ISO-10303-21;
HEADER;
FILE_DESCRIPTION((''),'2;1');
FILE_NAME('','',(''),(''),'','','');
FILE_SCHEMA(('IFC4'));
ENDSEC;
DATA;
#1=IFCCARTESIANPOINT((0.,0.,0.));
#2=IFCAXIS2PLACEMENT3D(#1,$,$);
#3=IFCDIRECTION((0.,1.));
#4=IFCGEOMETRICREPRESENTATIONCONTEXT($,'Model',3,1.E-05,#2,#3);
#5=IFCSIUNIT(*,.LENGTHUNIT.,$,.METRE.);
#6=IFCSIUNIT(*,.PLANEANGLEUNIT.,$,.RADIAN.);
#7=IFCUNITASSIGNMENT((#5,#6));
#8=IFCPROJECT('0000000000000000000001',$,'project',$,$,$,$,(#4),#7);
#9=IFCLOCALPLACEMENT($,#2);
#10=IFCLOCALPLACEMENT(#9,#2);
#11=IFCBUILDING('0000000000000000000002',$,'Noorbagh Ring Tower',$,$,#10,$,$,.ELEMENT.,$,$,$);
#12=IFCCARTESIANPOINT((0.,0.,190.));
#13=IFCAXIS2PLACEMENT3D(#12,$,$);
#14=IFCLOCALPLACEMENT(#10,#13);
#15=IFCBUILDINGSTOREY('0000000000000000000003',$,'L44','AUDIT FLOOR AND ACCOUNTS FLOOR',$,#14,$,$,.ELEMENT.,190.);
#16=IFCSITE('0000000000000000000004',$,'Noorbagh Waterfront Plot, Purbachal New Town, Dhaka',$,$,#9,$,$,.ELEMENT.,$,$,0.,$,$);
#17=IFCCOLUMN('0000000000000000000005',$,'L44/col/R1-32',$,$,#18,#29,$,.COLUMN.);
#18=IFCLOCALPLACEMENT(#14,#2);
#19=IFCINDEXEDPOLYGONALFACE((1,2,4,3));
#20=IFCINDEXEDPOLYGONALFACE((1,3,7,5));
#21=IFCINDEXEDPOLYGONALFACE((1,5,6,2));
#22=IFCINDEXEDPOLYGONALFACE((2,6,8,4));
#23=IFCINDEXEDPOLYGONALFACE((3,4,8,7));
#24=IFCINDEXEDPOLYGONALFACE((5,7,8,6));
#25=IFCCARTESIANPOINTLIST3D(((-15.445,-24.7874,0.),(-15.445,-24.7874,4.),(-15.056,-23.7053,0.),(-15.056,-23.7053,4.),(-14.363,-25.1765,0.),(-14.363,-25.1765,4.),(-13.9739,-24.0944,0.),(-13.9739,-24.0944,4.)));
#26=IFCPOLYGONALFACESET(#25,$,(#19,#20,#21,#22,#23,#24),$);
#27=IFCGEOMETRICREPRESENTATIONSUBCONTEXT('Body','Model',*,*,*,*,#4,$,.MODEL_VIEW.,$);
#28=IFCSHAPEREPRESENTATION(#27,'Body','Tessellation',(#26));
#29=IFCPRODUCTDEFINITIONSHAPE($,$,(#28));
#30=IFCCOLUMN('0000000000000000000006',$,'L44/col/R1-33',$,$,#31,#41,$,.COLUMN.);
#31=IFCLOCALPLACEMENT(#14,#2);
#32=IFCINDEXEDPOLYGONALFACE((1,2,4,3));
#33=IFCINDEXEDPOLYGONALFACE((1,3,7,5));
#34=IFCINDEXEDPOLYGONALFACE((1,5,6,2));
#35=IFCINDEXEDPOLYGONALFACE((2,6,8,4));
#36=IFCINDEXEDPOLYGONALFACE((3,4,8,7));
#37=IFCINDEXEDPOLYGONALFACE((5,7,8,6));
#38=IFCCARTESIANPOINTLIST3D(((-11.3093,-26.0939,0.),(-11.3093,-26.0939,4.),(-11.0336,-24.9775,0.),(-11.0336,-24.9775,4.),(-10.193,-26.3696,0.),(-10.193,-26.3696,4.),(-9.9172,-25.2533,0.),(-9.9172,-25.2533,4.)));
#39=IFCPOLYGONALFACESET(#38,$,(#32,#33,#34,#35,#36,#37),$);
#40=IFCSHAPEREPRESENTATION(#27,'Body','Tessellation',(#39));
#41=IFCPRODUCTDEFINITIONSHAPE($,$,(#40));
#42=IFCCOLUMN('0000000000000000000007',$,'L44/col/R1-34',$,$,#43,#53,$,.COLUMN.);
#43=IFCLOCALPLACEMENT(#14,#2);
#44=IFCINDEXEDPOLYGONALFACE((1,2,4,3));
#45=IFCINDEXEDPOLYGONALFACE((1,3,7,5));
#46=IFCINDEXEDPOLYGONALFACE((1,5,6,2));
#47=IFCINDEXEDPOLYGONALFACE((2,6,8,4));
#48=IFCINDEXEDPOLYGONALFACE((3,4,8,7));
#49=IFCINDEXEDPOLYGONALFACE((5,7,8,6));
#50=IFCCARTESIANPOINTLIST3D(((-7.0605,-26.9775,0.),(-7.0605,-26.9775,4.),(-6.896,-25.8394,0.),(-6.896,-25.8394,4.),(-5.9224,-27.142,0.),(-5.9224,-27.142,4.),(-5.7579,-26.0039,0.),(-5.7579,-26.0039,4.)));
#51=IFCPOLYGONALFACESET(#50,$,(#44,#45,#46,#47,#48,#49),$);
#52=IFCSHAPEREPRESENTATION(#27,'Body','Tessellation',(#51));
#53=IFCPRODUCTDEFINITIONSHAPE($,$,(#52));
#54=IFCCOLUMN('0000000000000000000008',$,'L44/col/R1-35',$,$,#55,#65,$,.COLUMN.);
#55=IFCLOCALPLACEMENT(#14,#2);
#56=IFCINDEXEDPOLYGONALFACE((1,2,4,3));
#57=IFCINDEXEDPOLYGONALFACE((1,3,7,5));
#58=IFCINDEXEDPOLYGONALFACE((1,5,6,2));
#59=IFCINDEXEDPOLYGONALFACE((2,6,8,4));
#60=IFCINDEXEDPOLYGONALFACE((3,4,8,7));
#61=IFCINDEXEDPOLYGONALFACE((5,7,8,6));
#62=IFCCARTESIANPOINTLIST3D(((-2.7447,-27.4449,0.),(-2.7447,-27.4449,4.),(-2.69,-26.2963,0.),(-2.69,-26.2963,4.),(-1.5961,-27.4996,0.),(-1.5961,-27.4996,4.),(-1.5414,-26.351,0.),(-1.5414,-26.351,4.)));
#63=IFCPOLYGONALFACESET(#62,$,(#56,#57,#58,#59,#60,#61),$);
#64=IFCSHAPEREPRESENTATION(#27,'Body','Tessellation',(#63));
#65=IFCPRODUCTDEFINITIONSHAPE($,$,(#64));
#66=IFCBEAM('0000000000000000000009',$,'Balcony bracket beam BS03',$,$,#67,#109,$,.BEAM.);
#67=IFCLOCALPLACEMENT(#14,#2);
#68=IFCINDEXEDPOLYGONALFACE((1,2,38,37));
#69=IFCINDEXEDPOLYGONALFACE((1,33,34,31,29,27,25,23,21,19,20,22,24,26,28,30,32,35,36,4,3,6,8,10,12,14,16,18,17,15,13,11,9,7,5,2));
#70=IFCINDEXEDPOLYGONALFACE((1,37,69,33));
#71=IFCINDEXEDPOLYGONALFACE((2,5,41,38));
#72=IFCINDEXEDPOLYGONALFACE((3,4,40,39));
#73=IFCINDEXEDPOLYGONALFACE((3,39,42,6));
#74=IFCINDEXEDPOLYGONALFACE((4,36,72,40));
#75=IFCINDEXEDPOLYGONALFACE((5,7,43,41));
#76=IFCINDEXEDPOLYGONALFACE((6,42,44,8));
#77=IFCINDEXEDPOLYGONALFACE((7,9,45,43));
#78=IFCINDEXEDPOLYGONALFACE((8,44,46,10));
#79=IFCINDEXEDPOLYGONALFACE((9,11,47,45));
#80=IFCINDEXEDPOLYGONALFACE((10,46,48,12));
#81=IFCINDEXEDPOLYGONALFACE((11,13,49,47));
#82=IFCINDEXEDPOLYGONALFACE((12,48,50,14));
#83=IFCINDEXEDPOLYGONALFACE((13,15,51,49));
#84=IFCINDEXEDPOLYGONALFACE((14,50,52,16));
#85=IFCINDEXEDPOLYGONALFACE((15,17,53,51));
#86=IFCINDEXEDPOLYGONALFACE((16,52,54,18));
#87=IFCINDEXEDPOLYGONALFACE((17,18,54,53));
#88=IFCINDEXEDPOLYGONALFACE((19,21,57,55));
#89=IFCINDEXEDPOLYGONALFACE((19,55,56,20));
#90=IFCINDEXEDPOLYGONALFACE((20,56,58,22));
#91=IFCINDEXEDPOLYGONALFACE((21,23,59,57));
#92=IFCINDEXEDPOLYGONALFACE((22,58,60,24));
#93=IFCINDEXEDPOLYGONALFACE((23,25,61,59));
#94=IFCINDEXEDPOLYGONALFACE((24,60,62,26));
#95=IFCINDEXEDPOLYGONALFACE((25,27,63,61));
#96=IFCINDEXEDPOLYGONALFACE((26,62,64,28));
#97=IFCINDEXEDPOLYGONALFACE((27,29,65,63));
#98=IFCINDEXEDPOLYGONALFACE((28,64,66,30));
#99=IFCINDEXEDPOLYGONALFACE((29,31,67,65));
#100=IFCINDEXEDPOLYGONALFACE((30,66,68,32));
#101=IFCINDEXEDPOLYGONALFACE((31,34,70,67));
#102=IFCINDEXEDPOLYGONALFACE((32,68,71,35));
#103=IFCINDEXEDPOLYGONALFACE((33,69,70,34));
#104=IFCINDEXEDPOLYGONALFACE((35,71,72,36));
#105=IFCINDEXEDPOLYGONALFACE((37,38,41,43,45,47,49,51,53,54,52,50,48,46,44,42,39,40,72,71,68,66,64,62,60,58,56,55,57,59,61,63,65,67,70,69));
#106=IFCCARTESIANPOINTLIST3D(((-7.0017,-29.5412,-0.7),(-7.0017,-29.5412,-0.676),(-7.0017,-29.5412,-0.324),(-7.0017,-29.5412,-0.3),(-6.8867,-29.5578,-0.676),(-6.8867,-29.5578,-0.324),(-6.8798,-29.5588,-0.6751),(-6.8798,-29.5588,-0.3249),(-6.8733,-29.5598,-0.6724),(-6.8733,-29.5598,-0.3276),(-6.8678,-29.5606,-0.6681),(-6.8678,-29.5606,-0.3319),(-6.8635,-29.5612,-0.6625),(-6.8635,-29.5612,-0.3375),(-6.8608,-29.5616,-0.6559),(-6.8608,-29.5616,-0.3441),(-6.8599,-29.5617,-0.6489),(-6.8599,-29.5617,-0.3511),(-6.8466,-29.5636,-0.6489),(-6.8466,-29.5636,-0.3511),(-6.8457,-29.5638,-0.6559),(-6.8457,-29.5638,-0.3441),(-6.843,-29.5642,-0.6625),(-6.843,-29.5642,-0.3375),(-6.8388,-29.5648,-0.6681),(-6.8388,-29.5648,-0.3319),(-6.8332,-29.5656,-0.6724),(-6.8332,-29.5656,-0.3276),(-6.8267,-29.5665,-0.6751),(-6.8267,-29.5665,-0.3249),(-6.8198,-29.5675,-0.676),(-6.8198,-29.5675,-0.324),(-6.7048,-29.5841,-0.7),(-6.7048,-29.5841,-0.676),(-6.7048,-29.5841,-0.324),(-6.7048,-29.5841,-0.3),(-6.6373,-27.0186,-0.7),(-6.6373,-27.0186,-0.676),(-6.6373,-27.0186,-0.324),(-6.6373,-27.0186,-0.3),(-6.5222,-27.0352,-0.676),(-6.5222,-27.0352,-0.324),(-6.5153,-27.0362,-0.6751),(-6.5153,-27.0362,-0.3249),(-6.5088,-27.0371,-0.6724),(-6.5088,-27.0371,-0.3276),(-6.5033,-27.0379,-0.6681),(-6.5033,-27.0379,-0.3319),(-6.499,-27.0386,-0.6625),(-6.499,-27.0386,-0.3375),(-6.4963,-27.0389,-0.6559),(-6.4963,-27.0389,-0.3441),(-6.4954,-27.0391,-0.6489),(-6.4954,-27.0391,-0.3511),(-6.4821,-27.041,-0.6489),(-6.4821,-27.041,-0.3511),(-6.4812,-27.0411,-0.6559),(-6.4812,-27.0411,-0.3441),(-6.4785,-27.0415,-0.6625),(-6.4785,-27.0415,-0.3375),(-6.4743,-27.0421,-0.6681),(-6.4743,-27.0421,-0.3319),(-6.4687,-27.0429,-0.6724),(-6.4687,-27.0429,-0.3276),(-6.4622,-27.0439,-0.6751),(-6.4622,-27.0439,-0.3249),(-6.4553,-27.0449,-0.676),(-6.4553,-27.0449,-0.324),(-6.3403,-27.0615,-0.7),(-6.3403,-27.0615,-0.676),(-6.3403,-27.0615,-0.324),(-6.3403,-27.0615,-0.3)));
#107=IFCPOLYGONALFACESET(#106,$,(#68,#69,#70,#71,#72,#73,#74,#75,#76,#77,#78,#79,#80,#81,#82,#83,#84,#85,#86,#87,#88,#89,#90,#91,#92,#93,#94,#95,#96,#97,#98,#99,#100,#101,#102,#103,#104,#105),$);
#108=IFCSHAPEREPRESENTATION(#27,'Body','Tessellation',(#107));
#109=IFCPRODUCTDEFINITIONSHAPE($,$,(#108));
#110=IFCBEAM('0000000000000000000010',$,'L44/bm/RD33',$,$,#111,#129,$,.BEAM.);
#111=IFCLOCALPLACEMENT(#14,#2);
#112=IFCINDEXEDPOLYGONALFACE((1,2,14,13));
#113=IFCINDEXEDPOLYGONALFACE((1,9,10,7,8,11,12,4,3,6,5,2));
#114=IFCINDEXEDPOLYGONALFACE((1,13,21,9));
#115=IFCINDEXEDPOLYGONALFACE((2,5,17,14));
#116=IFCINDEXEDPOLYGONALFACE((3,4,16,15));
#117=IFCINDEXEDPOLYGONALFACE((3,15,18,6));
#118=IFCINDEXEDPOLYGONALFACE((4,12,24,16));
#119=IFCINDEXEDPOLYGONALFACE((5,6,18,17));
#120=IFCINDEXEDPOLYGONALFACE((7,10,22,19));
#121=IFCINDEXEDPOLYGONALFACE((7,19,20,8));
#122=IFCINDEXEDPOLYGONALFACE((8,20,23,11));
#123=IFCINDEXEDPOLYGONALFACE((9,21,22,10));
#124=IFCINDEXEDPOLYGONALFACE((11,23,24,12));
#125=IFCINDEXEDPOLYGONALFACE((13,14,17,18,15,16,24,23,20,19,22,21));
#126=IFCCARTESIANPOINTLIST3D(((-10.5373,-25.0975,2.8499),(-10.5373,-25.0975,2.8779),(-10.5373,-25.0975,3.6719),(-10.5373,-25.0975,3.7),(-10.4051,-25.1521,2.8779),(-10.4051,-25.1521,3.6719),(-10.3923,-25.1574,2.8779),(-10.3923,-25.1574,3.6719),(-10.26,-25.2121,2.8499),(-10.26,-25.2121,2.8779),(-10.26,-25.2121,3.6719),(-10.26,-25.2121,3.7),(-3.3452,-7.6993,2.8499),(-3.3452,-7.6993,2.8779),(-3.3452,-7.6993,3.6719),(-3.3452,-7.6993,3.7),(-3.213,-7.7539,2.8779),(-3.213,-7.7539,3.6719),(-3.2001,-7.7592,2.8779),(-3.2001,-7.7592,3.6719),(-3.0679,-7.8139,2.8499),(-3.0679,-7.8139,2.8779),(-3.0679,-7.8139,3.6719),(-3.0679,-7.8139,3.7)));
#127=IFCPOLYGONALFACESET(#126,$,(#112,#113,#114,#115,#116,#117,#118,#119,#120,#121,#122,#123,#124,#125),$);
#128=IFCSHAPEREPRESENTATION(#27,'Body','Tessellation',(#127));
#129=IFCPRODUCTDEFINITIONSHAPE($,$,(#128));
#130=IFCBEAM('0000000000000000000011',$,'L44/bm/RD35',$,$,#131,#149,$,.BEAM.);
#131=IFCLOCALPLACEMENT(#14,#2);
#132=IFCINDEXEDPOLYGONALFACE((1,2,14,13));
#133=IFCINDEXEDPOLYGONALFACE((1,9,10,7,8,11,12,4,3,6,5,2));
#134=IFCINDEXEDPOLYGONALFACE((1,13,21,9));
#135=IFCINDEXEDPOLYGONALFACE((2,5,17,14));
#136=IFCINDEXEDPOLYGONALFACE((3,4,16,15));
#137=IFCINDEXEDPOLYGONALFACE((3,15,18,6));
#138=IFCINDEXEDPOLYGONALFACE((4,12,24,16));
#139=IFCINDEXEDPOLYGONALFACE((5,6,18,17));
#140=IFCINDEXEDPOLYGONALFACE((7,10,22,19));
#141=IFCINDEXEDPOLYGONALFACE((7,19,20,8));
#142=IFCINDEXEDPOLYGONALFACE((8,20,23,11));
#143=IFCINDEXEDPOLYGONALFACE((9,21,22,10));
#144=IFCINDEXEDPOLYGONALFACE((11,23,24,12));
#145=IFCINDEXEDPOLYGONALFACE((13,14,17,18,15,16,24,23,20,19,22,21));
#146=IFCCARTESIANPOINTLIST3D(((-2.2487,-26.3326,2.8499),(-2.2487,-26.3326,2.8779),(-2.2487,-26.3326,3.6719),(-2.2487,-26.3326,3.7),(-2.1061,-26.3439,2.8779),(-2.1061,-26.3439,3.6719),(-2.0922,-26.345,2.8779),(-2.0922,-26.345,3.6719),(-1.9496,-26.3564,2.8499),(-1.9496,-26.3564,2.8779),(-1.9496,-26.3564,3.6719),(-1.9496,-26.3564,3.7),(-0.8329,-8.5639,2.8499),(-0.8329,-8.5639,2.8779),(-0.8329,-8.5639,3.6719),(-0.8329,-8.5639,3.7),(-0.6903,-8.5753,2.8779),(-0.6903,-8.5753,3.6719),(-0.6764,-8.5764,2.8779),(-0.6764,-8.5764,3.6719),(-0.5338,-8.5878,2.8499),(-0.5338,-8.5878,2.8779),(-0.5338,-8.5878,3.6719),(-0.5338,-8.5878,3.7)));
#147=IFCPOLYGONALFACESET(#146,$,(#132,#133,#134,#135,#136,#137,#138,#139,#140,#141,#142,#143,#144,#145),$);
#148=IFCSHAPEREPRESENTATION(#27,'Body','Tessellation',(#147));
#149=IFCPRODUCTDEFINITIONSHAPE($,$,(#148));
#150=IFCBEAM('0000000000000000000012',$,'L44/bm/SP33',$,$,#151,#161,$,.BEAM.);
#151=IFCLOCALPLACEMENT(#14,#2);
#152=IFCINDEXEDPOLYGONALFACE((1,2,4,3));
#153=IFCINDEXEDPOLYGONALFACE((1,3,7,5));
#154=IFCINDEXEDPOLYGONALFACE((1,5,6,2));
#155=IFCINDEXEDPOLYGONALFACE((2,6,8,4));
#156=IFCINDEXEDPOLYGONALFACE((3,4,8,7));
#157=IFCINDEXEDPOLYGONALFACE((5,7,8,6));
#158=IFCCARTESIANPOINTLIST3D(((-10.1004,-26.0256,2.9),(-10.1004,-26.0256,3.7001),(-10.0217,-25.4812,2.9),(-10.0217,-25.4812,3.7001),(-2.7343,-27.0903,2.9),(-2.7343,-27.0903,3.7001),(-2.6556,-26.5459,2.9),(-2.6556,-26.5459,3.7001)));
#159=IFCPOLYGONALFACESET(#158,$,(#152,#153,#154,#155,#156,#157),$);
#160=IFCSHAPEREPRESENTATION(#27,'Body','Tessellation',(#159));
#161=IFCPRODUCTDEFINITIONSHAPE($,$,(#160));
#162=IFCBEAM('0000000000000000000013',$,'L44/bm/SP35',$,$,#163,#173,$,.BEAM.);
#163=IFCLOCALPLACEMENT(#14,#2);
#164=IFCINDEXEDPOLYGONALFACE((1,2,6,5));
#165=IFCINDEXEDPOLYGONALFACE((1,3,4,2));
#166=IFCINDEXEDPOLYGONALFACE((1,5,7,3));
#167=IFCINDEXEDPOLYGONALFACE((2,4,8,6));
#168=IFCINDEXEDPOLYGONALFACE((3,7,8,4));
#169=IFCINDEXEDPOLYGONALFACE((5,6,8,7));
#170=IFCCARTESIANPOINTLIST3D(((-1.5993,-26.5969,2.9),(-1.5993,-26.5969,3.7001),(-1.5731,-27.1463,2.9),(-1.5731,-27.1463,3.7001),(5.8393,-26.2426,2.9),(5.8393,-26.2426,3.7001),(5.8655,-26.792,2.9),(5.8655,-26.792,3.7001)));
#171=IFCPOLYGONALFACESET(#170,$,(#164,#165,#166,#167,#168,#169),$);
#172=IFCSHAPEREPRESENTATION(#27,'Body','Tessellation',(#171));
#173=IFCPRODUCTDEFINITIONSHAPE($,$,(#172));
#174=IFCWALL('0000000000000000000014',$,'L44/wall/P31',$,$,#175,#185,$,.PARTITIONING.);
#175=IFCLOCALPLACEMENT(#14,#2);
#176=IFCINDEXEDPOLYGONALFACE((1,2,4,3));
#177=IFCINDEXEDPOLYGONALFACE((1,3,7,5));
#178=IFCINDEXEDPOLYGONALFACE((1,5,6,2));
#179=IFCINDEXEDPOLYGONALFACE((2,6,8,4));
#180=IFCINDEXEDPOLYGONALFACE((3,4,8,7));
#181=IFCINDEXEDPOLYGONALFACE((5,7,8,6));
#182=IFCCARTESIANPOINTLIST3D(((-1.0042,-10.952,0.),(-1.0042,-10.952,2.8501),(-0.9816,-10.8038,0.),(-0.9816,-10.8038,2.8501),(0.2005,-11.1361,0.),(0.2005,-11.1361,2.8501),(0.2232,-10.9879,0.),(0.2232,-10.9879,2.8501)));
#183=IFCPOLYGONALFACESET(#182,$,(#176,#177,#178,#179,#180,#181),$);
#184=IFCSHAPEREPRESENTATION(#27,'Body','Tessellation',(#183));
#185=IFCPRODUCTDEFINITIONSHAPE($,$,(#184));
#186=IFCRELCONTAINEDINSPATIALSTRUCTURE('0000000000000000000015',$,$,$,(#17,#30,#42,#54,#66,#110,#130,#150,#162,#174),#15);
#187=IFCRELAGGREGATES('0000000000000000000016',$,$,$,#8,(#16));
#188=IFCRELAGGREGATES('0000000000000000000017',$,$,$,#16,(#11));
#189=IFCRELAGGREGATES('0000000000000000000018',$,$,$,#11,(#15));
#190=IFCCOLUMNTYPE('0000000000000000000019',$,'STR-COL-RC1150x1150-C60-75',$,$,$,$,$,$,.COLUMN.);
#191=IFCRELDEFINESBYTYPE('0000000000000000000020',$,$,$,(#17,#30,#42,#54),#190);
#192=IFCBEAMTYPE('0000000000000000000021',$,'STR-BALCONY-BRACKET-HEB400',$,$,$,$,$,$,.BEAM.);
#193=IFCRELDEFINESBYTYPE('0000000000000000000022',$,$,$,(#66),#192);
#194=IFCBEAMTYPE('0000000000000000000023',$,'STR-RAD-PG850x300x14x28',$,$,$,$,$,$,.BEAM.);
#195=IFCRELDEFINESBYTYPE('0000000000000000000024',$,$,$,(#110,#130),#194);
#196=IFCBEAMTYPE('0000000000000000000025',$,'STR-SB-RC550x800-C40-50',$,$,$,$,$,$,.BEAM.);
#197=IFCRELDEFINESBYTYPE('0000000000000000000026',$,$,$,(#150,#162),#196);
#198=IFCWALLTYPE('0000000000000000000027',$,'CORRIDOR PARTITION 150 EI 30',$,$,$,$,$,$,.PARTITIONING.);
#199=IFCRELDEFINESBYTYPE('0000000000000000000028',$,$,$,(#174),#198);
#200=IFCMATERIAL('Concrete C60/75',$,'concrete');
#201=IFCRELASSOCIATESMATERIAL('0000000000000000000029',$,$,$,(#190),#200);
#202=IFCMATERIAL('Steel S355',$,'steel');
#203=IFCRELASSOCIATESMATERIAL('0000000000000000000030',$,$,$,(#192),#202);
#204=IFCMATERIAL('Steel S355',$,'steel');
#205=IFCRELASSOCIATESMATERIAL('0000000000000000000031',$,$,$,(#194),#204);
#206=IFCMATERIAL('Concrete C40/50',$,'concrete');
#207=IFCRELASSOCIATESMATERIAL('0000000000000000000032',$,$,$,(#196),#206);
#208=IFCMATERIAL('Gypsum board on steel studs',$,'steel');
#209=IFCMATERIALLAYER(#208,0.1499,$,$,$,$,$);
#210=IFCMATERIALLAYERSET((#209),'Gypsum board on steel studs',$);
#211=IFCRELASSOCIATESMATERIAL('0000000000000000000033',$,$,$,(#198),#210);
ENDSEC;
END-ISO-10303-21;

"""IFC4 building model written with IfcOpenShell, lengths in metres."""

from ifc_helpers import new_model, si_unit, direction, frame, frame_2d, origin, origin_2d, place, context, subcontext, project, spatial, rectangle, i_section, extrude, material, layer, layer_set, material_profile, profile_set, type_object, element, save


model = new_model("IFC4")

# Units and contexts
model_context = context("Model", 3, precision=1e-05, world=origin(), true_north=direction((0.0, 1.0)))
body_context = subcontext(model_context, "Body", "Model", "MODEL_VIEW")
ifc_project = project(units=[si_unit("LENGTHUNIT", "METRE"), si_unit("PLANEANGLEUNIT", "RADIAN")], contexts=[model_context])

# Site, building, storey
site_placement = place(None, origin())
site = spatial("IfcSite", under=ifc_project, at=site_placement, Name="Noorbagh Waterfront Plot, Purbachal New Town, Dhaka", CompositionType="ELEMENT", RefElevation=0.0)
building_placement = place(site_placement, origin())
building = spatial("IfcBuilding", under=site, at=building_placement, Name="Noorbagh Ring Tower", CompositionType="ELEMENT")
storey_placement = place(building_placement, frame((0.0, 0.0, 190.0)))
storey = spatial("IfcBuildingStorey", under=building, at=storey_placement, Name="L44", Description="AUDIT FLOOR AND ACCOUNTS FLOOR", CompositionType="ELEMENT", Elevation=190.0)

# Columns
ifc_material_1 = material(Name="Concrete C60/75", Category="concrete")
ifc_material_profile_1 = material_profile(ifc_material_1, rectangle(XDim=1.1499, YDim=1.1499, at=origin_2d()), Name="RC1150x1150")
ifc_profile_set_1 = profile_set([ifc_material_profile_1], Name="Concrete C60/75")
column_type = type_object("IfcColumnType", Name="STR-COL-RC1150x1150-C60-75", PredefinedType="COLUMN", material=ifc_profile_set_1)
for number, where, z_axis, x_axis, name in (
    (1, (-14.7095, -24.4409, 0.0), (0.0, 0.0, 1.0), (0.941025, -0.338338, 0.0), "L44/col/R1-32"),
    (2, (-10.6133, -25.6736, 0.0), (0.0, 0.0, 1.0), (0.970829, -0.239771, 0.0), "L44/col/R1-33"),
    (3, (-6.4092, -26.4907, 0.0), (0.0, 0.0, 1.0), (0.989713, -0.143066, 0.0), "L44/col/R1-34"),
    (4, (-2.1431, -26.8979, 0.0), (0.0, 0.0, 1.0), (0.998869, -0.047553, 0.0), "L44/col/R1-35"),
):
    element("IfcColumn", number, at=place(storey_placement, frame(where, z_axis=z_axis, x_axis=x_axis)), inside=storey, type_object=column_type, Name=name, PredefinedType="COLUMN", context=body_context, shape_type="SweptSolid", body=[
        extrude(rectangle(XDim=1.1499, YDim=1.1499, at=origin_2d()), origin(), (0.0, 0.0, 1.0), 4.0),
    ])

# Beams
ifc_material_2 = material(Name="Steel S355", Category="steel")
ifc_material_profile_2 = material_profile(ifc_material_2, i_section(OverallWidth=0.3, OverallDepth=0.3999, WebThickness=0.0134, FlangeThickness=0.0239, FilletRadius=0.0271, at=origin_2d()), Name="HEB400")
ifc_profile_set_2 = profile_set([ifc_material_profile_2], Name="Steel S355")
beam_type_1 = type_object("IfcBeamType", Name="STR-BALCONY-BRACKET-HEB400", PredefinedType="BEAM", material=ifc_profile_set_2)
beam_1_placement = place(storey_placement, frame((-6.4888, -27.04, -0.5), z_axis=(-0.143004, -0.989722, 0.0), x_axis=(0.989722, -0.143004, 0.0)))
element("IfcBeam", 5, at=beam_1_placement, inside=storey, type_object=beam_type_1, Name="Balcony bracket beam BS03", PredefinedType="BEAM", context=body_context, shape_type="SweptSolid", body=[
    extrude(i_section(OverallWidth=0.3, OverallDepth=0.3999, WebThickness=0.0134, FlangeThickness=0.0239, FilletRadius=0.0271, at=origin_2d()), origin(), (0.0, 0.0, 1.0), 2.5488),
])
ifc_material_3 = material(Name="Steel S355", Category="steel")
ifc_material_profile_3 = material_profile(ifc_material_3, i_section(OverallWidth=0.3, OverallDepth=0.8501, WebThickness=0.0139, FlangeThickness=0.0281, at=origin_2d()), Name="PG850x300x14x28")
ifc_profile_set_3 = profile_set([ifc_material_profile_3], Name="Steel S355")
beam_type_2 = type_object("IfcBeamType", Name="STR-RAD-PG850x300x14x28", PredefinedType="BEAM", material=ifc_profile_set_3)
beam_2_placement = place(storey_placement, frame((-10.3987, -25.1548, 3.2749), z_axis=(0.382029, 0.92415, 0.0), x_axis=(-0.92415, 0.382029, 0.0)))
element("IfcBeam", 6, at=beam_2_placement, inside=storey, type_object=beam_type_2, Name="L44/bm/RD33", PredefinedType="BEAM", context=body_context, shape_type="SweptSolid", body=[
    extrude(i_section(OverallWidth=0.3, OverallDepth=0.8501, WebThickness=0.0139, FlangeThickness=0.0281, at=origin_2d()), origin(), (0.0, 0.0, 1.0), 18.8262),
])
beam_3_placement = place(storey_placement, frame((-2.0991, -26.3445, 3.2749), z_axis=(0.079427, 0.996841, 0.0), x_axis=(-0.996841, 0.079427, 0.0)))
element("IfcBeam", 7, at=beam_3_placement, inside=storey, type_object=beam_type_2, Name="L44/bm/RD35", PredefinedType="BEAM", context=body_context, shape_type="SweptSolid", body=[
    extrude(i_section(OverallWidth=0.3, OverallDepth=0.8501, WebThickness=0.0139, FlangeThickness=0.0281, at=origin_2d()), origin(), (0.0, 0.0, 1.0), 17.825),
])
ifc_material_4 = material(Name="Concrete C40/50", Category="concrete")
ifc_material_profile_4 = material_profile(ifc_material_4, rectangle(XDim=0.55, YDim=0.8, at=origin_2d()), Name="RC550x800")
ifc_profile_set_4 = profile_set([ifc_material_profile_4], Name="Concrete C40/50")
beam_type_3 = type_object("IfcBeamType", Name="STR-SB-RC550x800-C40-50", PredefinedType="BEAM", material=ifc_profile_set_4)
beam_4_placement = place(storey_placement, frame((-10.061, -25.7534, 3.3), z_axis=(0.989715, -0.143056, 0.0), x_axis=(0.143056, 0.989715, 0.0)))
element("IfcBeam", 8, at=beam_4_placement, inside=storey, type_object=beam_type_3, Name="L44/bm/SP33", PredefinedType="BEAM", context=body_context, shape_type="SweptSolid", body=[
    extrude(rectangle(XDim=0.55, YDim=0.8, at=origin_2d()), origin(), (0.0, 0.0, 1.0), 7.4426),
])
beam_5_placement = place(storey_placement, frame((-1.5862, -26.8716, 3.3), z_axis=(0.998868, 0.04757, 0.0), x_axis=(-0.04757, 0.998868, 0.0)))
element("IfcBeam", 9, at=beam_5_placement, inside=storey, type_object=beam_type_3, Name="L44/bm/SP35", PredefinedType="BEAM", context=body_context, shape_type="SweptSolid", body=[
    extrude(rectangle(XDim=0.55, YDim=0.8, at=origin_2d()), origin(), (0.0, 0.0, 1.0), 7.447),
])

# Wall
ifc_material_5 = material(Name="Gypsum board on steel studs", Category="steel")
ifc_layer_1 = layer(ifc_material_5, 0.1499)
ifc_layer_set_1 = layer_set([ifc_layer_1], Name="Gypsum board on steel studs")
wall_type_1 = type_object("IfcWallType", Name="CORRIDOR PARTITION 150 EI 30", PredefinedType="PARTITIONING", material=ifc_layer_set_1)
wall_1_placement = place(storey_placement, frame((-0.9929, -10.8779, 0.0), z_axis=(0.0, 0.0, 1.0), x_axis=(0.988529, -0.151034, 0.0)))
element("IfcWall", 10, at=wall_1_placement, inside=storey, type_object=wall_type_1, Name="L44/wall/P31", PredefinedType="PARTITIONING", context=body_context, shape_type="SweptSolid", body=[
    extrude(rectangle(XDim=1.2188, YDim=0.1499, at=frame_2d((0.6094, 0.0))), origin(), (0.0, 0.0, 1.0), 2.8501),
])

save(model, "model.ifc")
